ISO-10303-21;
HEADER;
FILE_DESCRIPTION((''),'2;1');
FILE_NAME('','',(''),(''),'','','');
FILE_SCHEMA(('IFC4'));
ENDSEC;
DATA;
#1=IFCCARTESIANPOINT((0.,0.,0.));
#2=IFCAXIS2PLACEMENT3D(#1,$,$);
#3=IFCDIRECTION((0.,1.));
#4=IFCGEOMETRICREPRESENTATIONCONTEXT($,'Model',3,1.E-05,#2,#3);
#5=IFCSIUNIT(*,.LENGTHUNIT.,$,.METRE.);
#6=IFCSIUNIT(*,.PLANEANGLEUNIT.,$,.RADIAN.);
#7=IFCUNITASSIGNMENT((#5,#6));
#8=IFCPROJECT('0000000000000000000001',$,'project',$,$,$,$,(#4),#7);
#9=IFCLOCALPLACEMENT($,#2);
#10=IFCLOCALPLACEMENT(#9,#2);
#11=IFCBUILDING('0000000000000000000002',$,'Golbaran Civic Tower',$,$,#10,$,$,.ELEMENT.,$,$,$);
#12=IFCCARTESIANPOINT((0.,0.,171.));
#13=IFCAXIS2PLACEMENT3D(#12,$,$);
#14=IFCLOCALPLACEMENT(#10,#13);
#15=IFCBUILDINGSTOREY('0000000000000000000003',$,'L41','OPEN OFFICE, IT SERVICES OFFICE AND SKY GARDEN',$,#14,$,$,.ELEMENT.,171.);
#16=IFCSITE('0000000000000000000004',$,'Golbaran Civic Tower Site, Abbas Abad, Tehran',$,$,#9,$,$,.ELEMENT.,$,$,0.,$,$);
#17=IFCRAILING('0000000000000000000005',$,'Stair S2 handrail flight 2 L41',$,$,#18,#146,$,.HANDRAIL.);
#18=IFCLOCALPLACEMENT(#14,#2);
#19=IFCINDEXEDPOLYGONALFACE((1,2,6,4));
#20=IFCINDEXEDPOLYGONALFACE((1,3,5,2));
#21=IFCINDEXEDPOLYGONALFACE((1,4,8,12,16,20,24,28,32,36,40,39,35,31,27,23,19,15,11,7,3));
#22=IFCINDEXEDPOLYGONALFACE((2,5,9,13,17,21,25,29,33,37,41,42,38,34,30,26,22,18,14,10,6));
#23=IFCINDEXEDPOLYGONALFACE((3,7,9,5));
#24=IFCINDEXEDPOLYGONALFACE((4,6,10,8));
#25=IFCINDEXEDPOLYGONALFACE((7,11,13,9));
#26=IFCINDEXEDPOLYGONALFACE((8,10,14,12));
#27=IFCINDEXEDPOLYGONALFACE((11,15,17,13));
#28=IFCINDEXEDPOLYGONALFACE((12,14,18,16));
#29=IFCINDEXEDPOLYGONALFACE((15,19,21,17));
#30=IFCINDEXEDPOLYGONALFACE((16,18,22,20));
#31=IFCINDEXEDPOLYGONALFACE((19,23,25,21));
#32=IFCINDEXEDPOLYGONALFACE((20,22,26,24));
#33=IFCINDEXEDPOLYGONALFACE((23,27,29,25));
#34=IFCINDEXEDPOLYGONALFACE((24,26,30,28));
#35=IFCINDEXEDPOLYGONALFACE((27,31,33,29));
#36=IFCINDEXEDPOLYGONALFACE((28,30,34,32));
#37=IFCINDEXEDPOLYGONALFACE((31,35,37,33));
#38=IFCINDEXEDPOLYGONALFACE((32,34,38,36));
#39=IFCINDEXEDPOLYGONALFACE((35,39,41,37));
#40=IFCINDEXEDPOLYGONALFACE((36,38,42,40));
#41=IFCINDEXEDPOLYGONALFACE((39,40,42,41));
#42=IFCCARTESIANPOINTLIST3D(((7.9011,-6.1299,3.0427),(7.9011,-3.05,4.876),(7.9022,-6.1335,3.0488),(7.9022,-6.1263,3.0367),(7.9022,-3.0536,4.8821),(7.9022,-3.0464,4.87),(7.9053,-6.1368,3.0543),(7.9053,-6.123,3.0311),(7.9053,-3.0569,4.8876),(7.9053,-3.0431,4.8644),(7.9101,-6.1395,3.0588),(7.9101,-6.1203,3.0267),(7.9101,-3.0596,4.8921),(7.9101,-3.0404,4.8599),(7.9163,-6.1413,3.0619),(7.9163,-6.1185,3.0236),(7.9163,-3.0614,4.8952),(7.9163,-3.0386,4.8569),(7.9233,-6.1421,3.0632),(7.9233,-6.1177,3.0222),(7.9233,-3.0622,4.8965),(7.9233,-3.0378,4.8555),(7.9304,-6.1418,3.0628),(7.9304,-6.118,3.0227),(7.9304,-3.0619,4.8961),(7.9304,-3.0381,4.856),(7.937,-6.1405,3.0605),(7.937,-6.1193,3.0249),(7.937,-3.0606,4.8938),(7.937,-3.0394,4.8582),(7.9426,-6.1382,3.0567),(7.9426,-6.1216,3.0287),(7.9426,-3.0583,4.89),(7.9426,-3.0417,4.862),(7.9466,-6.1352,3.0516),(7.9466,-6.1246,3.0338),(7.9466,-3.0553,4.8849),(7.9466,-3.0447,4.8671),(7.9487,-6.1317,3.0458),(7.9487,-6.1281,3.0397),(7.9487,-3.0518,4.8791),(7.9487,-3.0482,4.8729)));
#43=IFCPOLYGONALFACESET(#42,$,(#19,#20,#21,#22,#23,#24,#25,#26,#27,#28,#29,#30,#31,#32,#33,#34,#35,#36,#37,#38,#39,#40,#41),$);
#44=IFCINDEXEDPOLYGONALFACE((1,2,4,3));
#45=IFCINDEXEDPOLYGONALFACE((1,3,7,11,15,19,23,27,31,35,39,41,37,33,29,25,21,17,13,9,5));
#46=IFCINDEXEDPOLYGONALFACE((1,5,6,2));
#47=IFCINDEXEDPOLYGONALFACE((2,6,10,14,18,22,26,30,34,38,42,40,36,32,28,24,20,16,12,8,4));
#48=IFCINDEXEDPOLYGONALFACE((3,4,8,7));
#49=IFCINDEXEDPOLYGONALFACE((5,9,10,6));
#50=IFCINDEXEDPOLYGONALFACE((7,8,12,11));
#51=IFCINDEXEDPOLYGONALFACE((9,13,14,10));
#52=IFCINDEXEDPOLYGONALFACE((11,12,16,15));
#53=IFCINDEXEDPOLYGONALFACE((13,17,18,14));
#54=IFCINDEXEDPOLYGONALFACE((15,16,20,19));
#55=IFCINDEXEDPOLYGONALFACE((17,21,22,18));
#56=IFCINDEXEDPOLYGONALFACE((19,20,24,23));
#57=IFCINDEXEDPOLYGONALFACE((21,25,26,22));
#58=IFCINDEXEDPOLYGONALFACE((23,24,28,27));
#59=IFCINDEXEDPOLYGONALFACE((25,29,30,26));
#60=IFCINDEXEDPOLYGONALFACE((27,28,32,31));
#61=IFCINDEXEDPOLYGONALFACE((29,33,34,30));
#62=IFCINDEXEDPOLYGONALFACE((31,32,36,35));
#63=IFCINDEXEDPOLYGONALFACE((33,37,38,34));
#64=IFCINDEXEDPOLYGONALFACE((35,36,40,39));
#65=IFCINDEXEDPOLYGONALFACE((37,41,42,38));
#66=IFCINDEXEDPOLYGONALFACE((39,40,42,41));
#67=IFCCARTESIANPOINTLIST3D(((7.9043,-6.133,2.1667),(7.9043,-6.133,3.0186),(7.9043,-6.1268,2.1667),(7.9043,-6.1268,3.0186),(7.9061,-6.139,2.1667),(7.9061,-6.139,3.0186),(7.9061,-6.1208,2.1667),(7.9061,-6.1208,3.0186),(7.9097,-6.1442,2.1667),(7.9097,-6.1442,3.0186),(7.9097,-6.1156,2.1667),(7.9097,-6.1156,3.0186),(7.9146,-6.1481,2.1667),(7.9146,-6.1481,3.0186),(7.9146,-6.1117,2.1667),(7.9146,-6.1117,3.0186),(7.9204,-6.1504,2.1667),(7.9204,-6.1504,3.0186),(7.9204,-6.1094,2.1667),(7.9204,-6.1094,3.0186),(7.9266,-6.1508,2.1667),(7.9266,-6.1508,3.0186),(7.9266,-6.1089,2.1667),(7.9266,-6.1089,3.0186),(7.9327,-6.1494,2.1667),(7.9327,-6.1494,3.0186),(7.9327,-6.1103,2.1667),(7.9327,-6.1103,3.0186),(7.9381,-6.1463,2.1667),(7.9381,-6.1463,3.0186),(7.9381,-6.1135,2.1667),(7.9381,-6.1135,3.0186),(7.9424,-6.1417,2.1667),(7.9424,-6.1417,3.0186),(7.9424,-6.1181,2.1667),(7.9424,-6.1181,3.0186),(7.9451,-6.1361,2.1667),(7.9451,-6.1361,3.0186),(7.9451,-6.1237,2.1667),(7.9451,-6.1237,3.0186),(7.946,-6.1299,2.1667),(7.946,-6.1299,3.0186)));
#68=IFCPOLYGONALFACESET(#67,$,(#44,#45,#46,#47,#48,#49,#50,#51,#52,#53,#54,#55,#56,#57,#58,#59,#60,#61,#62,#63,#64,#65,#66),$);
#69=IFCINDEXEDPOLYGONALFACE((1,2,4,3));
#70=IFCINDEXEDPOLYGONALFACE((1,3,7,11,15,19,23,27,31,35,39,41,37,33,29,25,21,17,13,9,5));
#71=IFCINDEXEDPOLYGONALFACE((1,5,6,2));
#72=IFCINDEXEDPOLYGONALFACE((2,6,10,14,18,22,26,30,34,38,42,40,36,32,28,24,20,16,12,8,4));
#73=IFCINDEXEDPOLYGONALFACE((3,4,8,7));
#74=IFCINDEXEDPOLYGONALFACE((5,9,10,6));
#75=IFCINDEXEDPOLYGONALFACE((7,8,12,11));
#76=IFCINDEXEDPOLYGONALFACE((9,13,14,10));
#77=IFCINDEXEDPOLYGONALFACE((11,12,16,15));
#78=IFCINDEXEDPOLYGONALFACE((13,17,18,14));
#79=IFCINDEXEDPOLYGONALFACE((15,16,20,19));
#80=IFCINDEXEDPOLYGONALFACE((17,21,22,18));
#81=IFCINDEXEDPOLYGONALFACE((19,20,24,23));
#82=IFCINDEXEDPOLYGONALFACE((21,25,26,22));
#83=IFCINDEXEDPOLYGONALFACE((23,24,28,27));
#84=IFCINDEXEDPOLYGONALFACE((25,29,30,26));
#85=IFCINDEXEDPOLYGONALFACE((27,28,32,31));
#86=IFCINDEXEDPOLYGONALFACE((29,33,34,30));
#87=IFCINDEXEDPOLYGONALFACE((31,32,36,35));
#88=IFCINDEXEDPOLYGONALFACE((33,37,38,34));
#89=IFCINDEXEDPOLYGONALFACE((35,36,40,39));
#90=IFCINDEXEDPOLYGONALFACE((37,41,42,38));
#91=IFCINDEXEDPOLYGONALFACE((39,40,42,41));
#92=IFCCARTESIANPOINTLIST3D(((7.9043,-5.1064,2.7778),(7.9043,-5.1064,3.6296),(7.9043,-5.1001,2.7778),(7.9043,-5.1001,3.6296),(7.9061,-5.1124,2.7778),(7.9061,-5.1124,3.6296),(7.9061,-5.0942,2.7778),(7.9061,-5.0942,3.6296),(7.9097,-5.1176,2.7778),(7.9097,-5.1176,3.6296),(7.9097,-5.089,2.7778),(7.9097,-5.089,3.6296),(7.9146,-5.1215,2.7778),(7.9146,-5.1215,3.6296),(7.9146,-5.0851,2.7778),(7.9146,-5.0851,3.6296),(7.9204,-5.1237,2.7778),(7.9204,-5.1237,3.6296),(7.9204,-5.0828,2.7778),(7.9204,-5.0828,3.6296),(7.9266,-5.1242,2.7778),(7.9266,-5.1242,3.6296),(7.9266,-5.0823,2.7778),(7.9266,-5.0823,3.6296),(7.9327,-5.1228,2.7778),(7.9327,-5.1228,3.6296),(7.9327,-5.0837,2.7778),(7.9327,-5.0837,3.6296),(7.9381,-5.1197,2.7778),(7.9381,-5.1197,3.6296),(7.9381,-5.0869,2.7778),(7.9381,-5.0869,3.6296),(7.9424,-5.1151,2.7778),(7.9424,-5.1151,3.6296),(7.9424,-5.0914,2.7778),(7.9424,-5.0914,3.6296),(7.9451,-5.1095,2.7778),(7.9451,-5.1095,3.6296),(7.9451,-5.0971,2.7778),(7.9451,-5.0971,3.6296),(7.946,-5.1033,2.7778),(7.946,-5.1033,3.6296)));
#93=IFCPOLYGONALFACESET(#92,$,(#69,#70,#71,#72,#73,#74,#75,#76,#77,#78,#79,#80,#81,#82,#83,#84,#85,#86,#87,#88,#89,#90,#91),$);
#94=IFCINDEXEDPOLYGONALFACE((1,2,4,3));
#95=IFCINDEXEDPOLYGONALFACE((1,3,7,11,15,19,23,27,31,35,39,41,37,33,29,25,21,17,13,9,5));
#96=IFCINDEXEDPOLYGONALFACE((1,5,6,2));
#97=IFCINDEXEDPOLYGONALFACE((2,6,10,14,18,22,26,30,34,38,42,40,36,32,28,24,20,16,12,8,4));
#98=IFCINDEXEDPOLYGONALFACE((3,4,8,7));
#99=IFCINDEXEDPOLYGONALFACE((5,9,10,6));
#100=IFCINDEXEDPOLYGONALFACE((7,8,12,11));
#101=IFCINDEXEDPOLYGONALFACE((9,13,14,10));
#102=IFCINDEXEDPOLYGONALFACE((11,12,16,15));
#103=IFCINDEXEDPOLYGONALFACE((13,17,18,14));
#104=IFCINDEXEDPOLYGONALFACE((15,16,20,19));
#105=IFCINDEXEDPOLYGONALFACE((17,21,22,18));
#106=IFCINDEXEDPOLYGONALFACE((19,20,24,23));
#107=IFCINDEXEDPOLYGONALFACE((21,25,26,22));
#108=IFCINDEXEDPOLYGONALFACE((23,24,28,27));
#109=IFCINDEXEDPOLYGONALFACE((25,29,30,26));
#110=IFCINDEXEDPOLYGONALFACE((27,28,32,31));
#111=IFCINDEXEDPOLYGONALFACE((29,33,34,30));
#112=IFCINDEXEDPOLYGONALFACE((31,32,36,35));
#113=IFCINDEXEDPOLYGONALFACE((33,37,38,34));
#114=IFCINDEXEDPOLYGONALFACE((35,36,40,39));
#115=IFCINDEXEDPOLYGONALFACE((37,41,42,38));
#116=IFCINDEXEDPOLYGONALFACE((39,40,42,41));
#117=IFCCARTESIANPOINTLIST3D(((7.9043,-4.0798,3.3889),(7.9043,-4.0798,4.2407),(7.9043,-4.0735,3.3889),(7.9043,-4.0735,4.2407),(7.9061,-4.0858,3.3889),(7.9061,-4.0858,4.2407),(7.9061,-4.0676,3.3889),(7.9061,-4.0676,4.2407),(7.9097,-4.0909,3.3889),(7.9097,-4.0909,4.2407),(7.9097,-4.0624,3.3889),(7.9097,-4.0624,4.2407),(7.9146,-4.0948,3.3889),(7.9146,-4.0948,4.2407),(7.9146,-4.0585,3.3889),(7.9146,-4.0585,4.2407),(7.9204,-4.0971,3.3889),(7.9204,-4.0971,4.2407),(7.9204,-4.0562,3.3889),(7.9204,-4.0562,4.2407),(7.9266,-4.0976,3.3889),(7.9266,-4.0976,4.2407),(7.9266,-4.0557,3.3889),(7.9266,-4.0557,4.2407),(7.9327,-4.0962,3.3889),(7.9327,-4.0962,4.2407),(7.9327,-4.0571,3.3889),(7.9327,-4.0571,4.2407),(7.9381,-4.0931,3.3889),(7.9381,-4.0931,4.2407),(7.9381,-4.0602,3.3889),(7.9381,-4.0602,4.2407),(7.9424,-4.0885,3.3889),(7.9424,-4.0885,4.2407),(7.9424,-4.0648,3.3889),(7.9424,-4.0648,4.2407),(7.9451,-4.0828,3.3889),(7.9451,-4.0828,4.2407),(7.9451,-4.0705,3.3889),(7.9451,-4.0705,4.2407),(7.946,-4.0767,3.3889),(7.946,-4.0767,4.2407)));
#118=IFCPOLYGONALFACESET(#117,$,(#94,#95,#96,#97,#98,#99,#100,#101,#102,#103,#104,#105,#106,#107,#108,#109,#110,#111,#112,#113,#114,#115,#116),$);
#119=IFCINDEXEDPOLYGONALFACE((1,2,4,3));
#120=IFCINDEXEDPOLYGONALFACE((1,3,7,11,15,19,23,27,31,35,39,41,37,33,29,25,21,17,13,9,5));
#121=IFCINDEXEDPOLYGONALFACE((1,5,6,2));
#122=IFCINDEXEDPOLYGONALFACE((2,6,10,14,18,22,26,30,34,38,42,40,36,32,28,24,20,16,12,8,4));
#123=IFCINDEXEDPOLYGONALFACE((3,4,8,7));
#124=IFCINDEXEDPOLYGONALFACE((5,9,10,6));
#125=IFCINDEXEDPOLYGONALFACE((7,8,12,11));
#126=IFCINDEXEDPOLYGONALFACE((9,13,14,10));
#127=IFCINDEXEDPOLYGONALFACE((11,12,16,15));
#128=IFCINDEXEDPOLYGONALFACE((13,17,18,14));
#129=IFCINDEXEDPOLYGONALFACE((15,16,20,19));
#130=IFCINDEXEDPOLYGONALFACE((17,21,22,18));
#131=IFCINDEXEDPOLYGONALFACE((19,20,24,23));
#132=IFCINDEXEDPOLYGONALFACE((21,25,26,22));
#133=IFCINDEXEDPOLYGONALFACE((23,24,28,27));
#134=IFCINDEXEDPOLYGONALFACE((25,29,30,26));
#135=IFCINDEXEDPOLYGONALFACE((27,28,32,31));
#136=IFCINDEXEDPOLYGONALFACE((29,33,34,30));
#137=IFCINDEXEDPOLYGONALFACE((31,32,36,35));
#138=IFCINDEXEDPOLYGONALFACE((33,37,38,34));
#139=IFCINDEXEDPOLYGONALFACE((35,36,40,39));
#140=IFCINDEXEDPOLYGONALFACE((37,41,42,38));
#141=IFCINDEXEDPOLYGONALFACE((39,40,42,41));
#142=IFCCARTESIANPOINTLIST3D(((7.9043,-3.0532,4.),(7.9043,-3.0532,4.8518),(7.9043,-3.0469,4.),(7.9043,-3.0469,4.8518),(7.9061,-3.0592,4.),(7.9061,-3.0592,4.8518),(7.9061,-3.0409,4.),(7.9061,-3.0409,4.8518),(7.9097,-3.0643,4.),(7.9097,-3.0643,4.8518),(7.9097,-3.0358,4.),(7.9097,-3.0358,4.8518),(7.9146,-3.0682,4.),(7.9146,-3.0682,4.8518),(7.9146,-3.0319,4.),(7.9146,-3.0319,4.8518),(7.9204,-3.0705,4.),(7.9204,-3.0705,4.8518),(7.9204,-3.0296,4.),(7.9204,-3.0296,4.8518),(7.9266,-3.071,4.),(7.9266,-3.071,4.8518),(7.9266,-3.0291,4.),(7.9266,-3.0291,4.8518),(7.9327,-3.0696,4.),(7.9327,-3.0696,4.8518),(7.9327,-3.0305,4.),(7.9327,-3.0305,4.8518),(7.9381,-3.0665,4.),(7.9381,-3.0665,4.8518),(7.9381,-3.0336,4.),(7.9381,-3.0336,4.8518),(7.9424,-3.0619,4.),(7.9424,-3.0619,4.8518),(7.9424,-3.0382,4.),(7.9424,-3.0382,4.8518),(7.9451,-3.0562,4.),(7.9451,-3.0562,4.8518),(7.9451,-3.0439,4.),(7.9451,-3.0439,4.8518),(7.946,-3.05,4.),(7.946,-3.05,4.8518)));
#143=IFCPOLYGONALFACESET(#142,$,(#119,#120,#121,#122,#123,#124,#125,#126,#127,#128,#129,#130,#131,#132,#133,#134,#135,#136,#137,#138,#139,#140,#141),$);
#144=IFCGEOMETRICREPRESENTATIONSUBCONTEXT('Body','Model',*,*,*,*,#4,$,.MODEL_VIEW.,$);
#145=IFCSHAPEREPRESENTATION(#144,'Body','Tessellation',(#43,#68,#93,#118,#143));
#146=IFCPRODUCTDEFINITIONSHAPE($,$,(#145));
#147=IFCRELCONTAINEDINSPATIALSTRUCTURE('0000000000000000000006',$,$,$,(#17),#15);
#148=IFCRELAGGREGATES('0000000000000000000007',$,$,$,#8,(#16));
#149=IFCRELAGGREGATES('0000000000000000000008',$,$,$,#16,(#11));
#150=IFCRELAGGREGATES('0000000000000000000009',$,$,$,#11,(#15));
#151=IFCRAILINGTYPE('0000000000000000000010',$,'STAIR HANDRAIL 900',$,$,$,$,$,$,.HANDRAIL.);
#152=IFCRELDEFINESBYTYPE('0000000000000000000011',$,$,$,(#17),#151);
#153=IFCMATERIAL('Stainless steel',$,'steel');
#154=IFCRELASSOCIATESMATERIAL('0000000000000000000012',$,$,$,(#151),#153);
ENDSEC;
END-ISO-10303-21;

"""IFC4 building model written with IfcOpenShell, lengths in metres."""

from ifc_helpers import new_model, si_unit, direction, frame, origin, origin_2d, place, context, subcontext, project, spatial, circle, extrude, material, type_object, element, save


model = new_model("IFC4")

# Units and contexts
model_context = context("Model", 3, precision=1e-05, world=origin(), true_north=direction((0.0, 1.0)))
body_context = subcontext(model_context, "Body", "Model", "MODEL_VIEW")
ifc_project = project(units=[si_unit("LENGTHUNIT", "METRE"), si_unit("PLANEANGLEUNIT", "RADIAN")], contexts=[model_context])

# Site, building, storey
site_placement = place(None, origin())
site = spatial("IfcSite", under=ifc_project, at=site_placement, Name="Golbaran Civic Tower Site, Abbas Abad, Tehran", CompositionType="ELEMENT", RefElevation=0.0)
building_placement = place(site_placement, origin())
building = spatial("IfcBuilding", under=site, at=building_placement, Name="Golbaran Civic Tower", CompositionType="ELEMENT")
storey_placement = place(building_placement, frame((0.0, 0.0, 171.0)))
storey = spatial("IfcBuildingStorey", under=building, at=storey_placement, Name="L41", Description="OPEN OFFICE, IT SERVICES OFFICE AND SKY GARDEN", CompositionType="ELEMENT", Elevation=171.0)

# Shared definitions
ifc_material_1 = material(Name="Stainless steel", Category="steel")

# Railing
railing_type = type_object("IfcRailingType", Name="STAIR HANDRAIL 900", PredefinedType="HANDRAIL", material=ifc_material_1)
railing_1_placement = place(storey_placement, frame((7.925, -6.1299, 2.1667)))
element("IfcRailing", 1, at=railing_1_placement, inside=storey, type_object=railing_type, Name="Stair S2 handrail flight 2 L41", PredefinedType="HANDRAIL", context=body_context, shape_type="SweptSolid", body=[
    extrude(circle(Radius=0.0239, at=origin_2d()), frame((0.0, 0.0, 0.876), z_axis=(0.0, 0.859291, 0.511487), x_axis=(-1.0, 0.0, 0.0)), (0.0, 0.0, 1.0), 3.5842),
    extrude(circle(Radius=0.021, at=origin_2d()), origin(), (0.0, 0.0, 1.0), 0.8518),
    extrude(circle(Radius=0.021, at=origin_2d()), frame((0.0, 1.0266, 0.6111)), (0.0, 0.0, 1.0), 0.8518),
    extrude(circle(Radius=0.021, at=origin_2d()), frame((0.0, 2.0532, 1.2222)), (0.0, 0.0, 1.0), 0.8518),
    extrude(circle(Radius=0.021, at=origin_2d()), frame((0.0, 3.0798, 1.8333)), (0.0, 0.0, 1.0), 0.8518),
])

save(model, "model.ifc")
